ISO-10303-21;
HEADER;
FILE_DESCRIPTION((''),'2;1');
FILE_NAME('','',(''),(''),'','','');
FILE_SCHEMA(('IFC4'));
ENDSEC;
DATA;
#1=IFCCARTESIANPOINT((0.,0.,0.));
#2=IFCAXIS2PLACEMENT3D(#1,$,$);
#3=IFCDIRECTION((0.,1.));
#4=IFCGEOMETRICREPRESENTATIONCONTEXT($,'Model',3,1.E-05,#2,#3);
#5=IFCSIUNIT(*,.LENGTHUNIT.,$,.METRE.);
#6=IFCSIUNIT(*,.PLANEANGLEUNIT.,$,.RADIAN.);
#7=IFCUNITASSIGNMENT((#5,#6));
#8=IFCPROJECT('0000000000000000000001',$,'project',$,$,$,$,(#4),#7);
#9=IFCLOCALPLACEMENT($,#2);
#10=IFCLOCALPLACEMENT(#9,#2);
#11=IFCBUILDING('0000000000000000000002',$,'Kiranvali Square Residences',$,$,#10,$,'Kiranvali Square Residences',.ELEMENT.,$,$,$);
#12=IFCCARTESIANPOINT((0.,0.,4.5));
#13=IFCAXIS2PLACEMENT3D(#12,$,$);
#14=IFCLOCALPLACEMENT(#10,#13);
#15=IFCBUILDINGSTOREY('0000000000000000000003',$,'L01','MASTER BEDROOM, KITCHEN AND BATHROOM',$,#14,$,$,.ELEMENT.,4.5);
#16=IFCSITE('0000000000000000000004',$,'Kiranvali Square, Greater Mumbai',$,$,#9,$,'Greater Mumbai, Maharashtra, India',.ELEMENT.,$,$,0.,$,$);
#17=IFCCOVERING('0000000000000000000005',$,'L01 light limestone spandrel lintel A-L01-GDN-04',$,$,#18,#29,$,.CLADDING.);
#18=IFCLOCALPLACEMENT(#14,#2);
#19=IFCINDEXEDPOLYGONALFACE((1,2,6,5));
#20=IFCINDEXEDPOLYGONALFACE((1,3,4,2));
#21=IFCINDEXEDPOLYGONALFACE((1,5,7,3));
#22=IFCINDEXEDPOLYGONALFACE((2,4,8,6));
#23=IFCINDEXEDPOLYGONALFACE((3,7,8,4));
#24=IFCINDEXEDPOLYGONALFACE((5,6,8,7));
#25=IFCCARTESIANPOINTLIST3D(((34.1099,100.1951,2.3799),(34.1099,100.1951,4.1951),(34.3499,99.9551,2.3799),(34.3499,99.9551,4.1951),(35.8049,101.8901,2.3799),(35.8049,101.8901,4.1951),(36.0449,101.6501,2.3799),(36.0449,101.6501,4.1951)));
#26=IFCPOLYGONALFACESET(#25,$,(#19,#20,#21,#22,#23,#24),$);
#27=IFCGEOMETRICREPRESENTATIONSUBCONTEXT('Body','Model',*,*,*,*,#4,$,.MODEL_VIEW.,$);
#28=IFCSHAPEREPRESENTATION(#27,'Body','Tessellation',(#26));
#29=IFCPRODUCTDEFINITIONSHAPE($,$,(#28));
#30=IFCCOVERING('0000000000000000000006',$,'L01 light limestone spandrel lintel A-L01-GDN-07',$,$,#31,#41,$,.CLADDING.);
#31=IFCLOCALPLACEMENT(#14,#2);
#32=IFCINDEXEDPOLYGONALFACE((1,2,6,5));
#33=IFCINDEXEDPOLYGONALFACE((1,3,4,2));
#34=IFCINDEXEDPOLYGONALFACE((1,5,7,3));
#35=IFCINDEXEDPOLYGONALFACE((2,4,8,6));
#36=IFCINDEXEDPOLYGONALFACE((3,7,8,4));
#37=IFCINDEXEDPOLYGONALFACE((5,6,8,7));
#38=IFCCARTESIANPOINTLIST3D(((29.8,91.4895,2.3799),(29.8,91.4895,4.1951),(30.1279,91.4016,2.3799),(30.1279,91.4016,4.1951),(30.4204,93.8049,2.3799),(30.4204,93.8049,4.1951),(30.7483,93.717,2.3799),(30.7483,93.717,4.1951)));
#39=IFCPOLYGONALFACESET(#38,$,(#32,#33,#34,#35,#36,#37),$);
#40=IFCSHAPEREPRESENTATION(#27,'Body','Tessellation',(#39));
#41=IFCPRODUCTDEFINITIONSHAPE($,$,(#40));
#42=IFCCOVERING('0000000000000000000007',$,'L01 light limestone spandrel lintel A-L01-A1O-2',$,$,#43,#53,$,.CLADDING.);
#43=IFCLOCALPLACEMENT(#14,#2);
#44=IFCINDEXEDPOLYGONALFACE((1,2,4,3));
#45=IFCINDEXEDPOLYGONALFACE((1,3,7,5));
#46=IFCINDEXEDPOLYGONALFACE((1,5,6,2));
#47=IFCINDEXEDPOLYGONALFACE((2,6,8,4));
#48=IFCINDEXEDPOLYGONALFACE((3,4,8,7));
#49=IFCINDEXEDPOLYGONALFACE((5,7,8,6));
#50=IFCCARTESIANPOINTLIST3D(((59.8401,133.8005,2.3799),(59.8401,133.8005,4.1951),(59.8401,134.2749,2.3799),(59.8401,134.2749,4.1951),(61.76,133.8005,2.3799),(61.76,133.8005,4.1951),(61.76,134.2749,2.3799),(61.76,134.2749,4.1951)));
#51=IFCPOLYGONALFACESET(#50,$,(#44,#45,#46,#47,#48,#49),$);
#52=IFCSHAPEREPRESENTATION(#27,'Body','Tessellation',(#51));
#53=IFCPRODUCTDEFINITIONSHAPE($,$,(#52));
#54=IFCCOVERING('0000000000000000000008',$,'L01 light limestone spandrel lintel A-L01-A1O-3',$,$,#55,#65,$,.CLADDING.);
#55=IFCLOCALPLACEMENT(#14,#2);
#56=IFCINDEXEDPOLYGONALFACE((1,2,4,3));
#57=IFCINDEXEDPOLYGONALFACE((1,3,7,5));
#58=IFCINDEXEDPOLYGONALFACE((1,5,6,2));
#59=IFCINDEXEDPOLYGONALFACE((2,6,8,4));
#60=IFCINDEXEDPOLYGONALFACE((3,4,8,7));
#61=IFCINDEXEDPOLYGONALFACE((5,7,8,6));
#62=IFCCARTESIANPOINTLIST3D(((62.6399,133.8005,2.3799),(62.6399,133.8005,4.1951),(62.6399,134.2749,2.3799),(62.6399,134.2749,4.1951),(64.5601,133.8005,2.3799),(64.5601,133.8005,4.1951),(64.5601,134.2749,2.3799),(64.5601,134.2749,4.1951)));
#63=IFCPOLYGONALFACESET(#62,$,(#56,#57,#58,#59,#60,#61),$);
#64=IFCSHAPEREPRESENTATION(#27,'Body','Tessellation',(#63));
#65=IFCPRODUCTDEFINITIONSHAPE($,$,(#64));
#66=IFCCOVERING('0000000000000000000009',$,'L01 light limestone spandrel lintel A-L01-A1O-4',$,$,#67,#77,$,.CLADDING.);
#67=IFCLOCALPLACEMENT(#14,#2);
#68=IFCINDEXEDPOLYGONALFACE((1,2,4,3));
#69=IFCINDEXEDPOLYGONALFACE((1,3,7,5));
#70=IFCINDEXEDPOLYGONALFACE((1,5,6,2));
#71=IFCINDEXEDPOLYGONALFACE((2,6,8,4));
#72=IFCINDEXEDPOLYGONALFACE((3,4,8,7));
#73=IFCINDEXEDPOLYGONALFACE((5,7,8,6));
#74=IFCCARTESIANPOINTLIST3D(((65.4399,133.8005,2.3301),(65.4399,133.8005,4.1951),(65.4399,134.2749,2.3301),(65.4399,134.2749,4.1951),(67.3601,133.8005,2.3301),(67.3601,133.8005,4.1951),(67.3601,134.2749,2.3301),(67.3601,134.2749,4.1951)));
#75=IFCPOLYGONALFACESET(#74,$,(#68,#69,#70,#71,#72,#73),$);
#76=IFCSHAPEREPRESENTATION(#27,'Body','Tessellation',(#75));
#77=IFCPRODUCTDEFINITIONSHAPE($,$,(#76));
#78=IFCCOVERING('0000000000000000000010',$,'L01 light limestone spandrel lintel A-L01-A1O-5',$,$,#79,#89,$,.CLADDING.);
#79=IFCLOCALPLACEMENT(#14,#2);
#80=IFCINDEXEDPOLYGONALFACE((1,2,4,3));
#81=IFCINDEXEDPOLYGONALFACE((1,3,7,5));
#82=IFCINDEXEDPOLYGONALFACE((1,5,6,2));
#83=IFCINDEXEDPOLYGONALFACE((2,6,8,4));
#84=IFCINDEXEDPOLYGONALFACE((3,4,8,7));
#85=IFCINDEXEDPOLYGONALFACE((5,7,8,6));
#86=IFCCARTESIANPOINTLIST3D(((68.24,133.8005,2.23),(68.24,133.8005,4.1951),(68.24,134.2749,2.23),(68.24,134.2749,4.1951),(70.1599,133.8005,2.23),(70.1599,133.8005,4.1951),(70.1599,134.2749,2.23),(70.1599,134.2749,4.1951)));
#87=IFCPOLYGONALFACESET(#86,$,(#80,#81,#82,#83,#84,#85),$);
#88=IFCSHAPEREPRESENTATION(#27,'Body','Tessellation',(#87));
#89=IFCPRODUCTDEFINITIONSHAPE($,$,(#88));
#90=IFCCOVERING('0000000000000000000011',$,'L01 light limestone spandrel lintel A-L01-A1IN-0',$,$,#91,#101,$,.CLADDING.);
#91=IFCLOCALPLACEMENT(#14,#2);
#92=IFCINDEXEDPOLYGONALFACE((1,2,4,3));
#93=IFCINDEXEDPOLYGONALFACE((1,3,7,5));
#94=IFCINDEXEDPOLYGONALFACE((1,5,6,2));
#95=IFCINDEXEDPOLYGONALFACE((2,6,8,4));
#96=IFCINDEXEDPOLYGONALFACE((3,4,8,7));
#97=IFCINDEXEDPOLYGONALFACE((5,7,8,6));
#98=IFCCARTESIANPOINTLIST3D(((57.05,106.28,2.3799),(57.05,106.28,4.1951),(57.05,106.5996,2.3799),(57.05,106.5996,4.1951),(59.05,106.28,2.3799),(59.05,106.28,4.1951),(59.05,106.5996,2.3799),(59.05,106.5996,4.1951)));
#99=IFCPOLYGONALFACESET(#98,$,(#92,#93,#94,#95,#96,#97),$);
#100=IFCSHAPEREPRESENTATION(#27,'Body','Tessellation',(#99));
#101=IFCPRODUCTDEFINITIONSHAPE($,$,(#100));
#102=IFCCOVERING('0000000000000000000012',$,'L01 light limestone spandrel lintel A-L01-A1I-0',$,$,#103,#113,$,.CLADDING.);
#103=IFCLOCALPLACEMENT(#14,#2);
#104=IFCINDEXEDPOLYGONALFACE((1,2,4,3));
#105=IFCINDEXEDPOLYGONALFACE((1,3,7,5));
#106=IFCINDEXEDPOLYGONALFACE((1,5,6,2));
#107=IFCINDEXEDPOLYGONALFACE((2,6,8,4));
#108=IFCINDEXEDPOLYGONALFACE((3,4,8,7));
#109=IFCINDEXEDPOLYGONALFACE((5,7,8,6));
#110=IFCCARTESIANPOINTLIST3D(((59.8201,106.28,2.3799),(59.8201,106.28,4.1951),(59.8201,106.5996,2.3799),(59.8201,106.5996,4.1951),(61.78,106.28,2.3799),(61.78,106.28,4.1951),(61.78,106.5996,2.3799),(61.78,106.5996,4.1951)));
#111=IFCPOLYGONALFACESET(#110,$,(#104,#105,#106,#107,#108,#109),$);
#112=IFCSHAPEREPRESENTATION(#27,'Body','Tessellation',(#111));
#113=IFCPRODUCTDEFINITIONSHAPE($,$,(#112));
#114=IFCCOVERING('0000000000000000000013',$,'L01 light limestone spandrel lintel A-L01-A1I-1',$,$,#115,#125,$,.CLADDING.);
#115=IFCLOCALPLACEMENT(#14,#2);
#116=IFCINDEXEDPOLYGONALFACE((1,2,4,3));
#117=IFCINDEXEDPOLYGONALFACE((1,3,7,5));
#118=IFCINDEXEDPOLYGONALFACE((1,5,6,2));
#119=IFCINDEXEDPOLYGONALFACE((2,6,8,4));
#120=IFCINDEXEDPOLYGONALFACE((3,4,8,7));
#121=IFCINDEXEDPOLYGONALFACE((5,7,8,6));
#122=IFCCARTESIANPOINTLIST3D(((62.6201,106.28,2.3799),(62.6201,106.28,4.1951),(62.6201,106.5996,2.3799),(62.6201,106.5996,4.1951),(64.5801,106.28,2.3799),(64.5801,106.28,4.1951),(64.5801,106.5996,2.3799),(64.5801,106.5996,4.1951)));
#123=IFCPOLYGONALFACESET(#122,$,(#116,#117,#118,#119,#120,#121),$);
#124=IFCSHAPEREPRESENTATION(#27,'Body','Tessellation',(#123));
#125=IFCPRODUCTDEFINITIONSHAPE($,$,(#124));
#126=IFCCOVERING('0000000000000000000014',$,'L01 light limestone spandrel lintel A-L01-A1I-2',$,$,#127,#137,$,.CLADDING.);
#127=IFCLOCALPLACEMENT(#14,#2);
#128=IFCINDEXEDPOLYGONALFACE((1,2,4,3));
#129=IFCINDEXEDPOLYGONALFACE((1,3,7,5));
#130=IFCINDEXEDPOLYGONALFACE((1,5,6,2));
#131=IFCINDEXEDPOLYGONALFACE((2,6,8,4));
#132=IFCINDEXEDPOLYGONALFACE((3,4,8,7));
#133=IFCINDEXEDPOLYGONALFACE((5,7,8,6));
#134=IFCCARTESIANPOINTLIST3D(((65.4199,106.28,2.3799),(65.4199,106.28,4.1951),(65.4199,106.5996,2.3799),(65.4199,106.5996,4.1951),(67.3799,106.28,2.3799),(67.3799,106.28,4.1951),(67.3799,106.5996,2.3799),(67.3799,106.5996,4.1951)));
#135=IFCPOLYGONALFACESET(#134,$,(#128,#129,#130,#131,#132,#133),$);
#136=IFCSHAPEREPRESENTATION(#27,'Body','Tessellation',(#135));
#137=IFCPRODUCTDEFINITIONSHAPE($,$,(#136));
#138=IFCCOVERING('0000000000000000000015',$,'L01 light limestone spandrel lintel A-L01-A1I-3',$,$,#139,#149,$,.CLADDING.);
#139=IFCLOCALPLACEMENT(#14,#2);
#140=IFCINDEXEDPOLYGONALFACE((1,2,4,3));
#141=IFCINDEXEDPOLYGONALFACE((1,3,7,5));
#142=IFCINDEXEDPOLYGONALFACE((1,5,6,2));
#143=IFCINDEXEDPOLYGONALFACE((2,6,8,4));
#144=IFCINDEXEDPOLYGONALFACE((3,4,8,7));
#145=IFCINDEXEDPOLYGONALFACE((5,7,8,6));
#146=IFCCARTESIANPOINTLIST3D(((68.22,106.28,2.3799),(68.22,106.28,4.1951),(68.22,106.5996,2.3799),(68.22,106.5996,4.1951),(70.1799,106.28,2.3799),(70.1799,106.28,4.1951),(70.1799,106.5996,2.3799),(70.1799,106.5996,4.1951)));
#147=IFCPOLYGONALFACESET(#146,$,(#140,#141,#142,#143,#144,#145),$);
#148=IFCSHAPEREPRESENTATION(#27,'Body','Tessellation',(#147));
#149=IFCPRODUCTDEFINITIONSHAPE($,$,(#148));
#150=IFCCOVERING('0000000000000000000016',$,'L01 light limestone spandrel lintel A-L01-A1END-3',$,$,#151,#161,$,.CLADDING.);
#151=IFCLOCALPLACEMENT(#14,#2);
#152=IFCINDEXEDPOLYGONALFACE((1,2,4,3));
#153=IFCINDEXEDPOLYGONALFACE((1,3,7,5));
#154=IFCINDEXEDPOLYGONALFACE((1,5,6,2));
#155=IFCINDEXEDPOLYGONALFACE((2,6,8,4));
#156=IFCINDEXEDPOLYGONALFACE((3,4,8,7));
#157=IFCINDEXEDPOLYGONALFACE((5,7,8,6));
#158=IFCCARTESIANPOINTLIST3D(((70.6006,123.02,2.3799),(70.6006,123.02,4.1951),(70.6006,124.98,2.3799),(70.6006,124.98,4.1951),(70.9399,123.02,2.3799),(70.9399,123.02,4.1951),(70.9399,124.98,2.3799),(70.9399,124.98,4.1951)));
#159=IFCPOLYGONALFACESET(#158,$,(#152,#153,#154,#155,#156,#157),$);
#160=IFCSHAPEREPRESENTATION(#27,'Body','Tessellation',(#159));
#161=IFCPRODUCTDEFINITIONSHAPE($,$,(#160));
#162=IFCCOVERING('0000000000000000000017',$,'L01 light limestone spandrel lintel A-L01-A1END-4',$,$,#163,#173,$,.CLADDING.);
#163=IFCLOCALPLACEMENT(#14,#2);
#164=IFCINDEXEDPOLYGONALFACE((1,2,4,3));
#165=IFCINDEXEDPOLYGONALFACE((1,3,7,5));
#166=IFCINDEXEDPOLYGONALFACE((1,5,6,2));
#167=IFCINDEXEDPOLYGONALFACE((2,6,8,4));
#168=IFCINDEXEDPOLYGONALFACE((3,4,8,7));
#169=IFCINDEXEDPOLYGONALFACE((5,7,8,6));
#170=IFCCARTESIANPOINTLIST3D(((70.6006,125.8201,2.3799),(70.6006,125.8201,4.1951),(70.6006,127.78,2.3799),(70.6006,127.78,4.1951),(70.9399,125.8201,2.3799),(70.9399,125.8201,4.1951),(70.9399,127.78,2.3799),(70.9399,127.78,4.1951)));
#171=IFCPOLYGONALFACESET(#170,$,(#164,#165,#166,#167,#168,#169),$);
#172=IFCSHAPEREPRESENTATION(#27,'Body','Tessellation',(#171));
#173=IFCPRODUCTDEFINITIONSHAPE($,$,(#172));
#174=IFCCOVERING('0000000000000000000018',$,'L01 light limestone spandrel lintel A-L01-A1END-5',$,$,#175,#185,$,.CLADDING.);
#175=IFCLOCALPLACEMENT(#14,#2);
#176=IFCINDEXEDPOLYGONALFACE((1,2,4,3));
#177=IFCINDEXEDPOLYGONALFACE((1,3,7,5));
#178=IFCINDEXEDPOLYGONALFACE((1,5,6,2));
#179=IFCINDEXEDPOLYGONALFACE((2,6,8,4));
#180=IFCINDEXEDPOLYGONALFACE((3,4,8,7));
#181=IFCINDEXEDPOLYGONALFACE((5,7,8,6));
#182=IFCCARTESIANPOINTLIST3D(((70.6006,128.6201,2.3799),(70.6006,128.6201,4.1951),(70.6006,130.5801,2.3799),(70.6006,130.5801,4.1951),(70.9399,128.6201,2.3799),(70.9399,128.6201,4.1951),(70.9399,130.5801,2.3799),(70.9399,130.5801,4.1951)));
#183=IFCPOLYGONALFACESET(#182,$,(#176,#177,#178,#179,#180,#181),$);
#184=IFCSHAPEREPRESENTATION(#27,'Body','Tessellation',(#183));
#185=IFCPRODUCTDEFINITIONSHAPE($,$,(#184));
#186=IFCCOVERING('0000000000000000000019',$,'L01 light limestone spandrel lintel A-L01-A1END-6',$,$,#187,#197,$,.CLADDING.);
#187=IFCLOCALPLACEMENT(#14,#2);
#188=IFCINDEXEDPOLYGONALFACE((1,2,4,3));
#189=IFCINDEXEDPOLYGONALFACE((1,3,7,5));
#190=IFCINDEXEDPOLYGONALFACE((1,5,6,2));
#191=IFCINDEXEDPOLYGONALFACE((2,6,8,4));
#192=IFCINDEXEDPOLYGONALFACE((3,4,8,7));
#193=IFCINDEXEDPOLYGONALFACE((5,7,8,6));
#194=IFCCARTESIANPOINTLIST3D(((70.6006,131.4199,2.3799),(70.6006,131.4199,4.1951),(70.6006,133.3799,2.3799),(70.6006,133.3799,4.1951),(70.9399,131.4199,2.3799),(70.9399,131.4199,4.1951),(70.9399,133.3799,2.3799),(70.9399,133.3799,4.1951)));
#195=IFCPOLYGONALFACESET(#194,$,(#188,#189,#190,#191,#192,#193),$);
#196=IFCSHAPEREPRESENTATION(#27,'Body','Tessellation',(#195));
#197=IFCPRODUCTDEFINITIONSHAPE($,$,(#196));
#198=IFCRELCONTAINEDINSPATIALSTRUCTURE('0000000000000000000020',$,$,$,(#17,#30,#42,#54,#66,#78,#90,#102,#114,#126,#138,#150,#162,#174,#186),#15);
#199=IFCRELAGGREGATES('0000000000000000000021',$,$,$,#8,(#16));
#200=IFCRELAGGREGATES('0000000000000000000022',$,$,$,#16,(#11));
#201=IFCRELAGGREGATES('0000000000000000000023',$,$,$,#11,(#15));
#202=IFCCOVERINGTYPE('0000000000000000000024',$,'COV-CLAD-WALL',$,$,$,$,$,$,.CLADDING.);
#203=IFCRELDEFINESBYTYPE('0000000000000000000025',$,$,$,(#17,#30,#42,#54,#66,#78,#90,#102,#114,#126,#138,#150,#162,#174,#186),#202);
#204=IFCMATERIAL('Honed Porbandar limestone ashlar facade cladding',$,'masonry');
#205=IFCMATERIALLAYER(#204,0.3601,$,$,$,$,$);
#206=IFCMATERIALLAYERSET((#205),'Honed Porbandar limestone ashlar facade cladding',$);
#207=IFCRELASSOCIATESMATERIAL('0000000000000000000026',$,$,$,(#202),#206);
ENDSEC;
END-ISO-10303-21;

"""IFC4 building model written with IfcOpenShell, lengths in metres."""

from ifc_helpers import new_model, si_unit, direction, frame, origin, place, context, subcontext, project, spatial, polyline, outline, extrude, material, layer, layer_set, type_object, element, save


model = new_model("IFC4")

# Units and contexts
model_context = context("Model", 3, precision=1e-05, world=origin(), true_north=direction((0.0, 1.0)))
body_context = subcontext(model_context, "Body", "Model", "MODEL_VIEW")
ifc_project = project(units=[si_unit("LENGTHUNIT", "METRE"), si_unit("PLANEANGLEUNIT", "RADIAN")], contexts=[model_context])

# Site, building, storey
site_placement = place(None, origin())
site = spatial("IfcSite", under=ifc_project, at=site_placement, Name="Kiranvali Square, Greater Mumbai", LongName="Greater Mumbai, Maharashtra, India", CompositionType="ELEMENT", RefElevation=0.0)
building_placement = place(site_placement, origin())
building = spatial("IfcBuilding", under=site, at=building_placement, Name="Kiranvali Square Residences", LongName="Kiranvali Square Residences", CompositionType="ELEMENT")
storey_placement = place(building_placement, frame((0.0, 0.0, 4.5)))
storey = spatial("IfcBuildingStorey", under=building, at=storey_placement, Name="L01", Description="MASTER BEDROOM, KITCHEN AND BATHROOM", CompositionType="ELEMENT", Elevation=4.5)

# Coverings
ifc_material = material(Name="Honed Porbandar limestone ashlar facade cladding", Category="masonry")
ifc_layer = layer(ifc_material, 0.3601)
ifc_layer_set = layer_set([ifc_layer], Name="Honed Porbandar limestone ashlar facade cladding")
covering_type = type_object("IfcCoveringType", Name="COV-CLAD-WALL", PredefinedType="CLADDING", material=ifc_layer_set)
covering_1_placement = place(storey_placement, frame((0.0, 0.0, 2.3799)))
element("IfcCovering", 1, at=covering_1_placement, inside=storey, type_object=covering_type, Name="L01 light limestone spandrel lintel A-L01-GDN-04", PredefinedType="CLADDING", context=body_context, shape_type="SweptSolid", body=[
    extrude(outline(polyline([(35.8049, 101.8901), (34.1099, 100.1951), (34.3499, 99.9551), (36.0449, 101.6501), (35.8049, 101.8901)])), origin(), (0.0, 0.0, 1.0), 1.8152),
])
covering_2_placement = place(storey_placement, frame((0.0, 0.0, 2.3799)))
element("IfcCovering", 2, at=covering_2_placement, inside=storey, type_object=covering_type, Name="L01 light limestone spandrel lintel A-L01-GDN-07", PredefinedType="CLADDING", context=body_context, shape_type="SweptSolid", body=[
    extrude(outline(polyline([(30.4204, 93.8049), (29.8, 91.4895), (30.1279, 91.4016), (30.7483, 93.717), (30.4204, 93.8049)])), origin(), (0.0, 0.0, 1.0), 1.8152),
])
covering_3_placement = place(storey_placement, frame((0.0, 0.0, 2.3799)))
element("IfcCovering", 3, at=covering_3_placement, inside=storey, type_object=covering_type, Name="L01 light limestone spandrel lintel A-L01-A1O-2", PredefinedType="CLADDING", context=body_context, shape_type="SweptSolid", body=[
    extrude(outline(polyline([(59.8401, 133.8005), (61.76, 133.8005), (61.76, 134.2749), (59.8401, 134.2749), (59.8401, 133.8005)])), origin(), (0.0, 0.0, 1.0), 1.8152),
])
covering_4_placement = place(storey_placement, frame((0.0, 0.0, 2.3799)))
element("IfcCovering", 4, at=covering_4_placement, inside=storey, type_object=covering_type, Name="L01 light limestone spandrel lintel A-L01-A1O-3", PredefinedType="CLADDING", context=body_context, shape_type="SweptSolid", body=[
    extrude(outline(polyline([(62.6399, 133.8005), (64.5601, 133.8005), (64.5601, 134.2749), (62.6399, 134.2749), (62.6399, 133.8005)])), origin(), (0.0, 0.0, 1.0), 1.8152),
])
covering_5_placement = place(storey_placement, frame((0.0, 0.0, 2.3301)))
element("IfcCovering", 5, at=covering_5_placement, inside=storey, type_object=covering_type, Name="L01 light limestone spandrel lintel A-L01-A1O-4", PredefinedType="CLADDING", context=body_context, shape_type="SweptSolid", body=[
    extrude(outline(polyline([(65.4399, 133.8005), (67.3601, 133.8005), (67.3601, 134.2749), (65.4399, 134.2749), (65.4399, 133.8005)])), origin(), (0.0, 0.0, 1.0), 1.865),
])
covering_6_placement = place(storey_placement, frame((0.0, 0.0, 2.23)))
element("IfcCovering", 6, at=covering_6_placement, inside=storey, type_object=covering_type, Name="L01 light limestone spandrel lintel A-L01-A1O-5", PredefinedType="CLADDING", context=body_context, shape_type="SweptSolid", body=[
    extrude(outline(polyline([(68.24, 133.8005), (70.1599, 133.8005), (70.1599, 134.2749), (68.24, 134.2749), (68.24, 133.8005)])), origin(), (0.0, 0.0, 1.0), 1.9651),
])
covering_7_placement = place(storey_placement, frame((0.0, 0.0, 2.3799)))
element("IfcCovering", 7, at=covering_7_placement, inside=storey, type_object=covering_type, Name="L01 light limestone spandrel lintel A-L01-A1IN-0", PredefinedType="CLADDING", context=body_context, shape_type="SweptSolid", body=[
    extrude(outline(polyline([(57.05, 106.28), (59.05, 106.28), (59.05, 106.5996), (57.05, 106.5996), (57.05, 106.28)])), origin(), (0.0, 0.0, 1.0), 1.8152),
])
covering_8_placement = place(storey_placement, frame((0.0, 0.0, 2.3799)))
element("IfcCovering", 8, at=covering_8_placement, inside=storey, type_object=covering_type, Name="L01 light limestone spandrel lintel A-L01-A1I-0", PredefinedType="CLADDING", context=body_context, shape_type="SweptSolid", body=[
    extrude(outline(polyline([(59.8201, 106.28), (61.78, 106.28), (61.78, 106.5996), (59.8201, 106.5996), (59.8201, 106.28)])), origin(), (0.0, 0.0, 1.0), 1.8152),
])
covering_9_placement = place(storey_placement, frame((0.0, 0.0, 2.3799)))
element("IfcCovering", 9, at=covering_9_placement, inside=storey, type_object=covering_type, Name="L01 light limestone spandrel lintel A-L01-A1I-1", PredefinedType="CLADDING", context=body_context, shape_type="SweptSolid", body=[
    extrude(outline(polyline([(62.6201, 106.28), (64.5801, 106.28), (64.5801, 106.5996), (62.6201, 106.5996), (62.6201, 106.28)])), origin(), (0.0, 0.0, 1.0), 1.8152),
])
covering_10_placement = place(storey_placement, frame((0.0, 0.0, 2.3799)))
element("IfcCovering", 10, at=covering_10_placement, inside=storey, type_object=covering_type, Name="L01 light limestone spandrel lintel A-L01-A1I-2", PredefinedType="CLADDING", context=body_context, shape_type="SweptSolid", body=[
    extrude(outline(polyline([(65.4199, 106.28), (67.3799, 106.28), (67.3799, 106.5996), (65.4199, 106.5996), (65.4199, 106.28)])), origin(), (0.0, 0.0, 1.0), 1.8152),
])
covering_11_placement = place(storey_placement, frame((0.0, 0.0, 2.3799)))
element("IfcCovering", 11, at=covering_11_placement, inside=storey, type_object=covering_type, Name="L01 light limestone spandrel lintel A-L01-A1I-3", PredefinedType="CLADDING", context=body_context, shape_type="SweptSolid", body=[
    extrude(outline(polyline([(68.22, 106.28), (70.1799, 106.28), (70.1799, 106.5996), (68.22, 106.5996), (68.22, 106.28)])), origin(), (0.0, 0.0, 1.0), 1.8152),
])
covering_12_placement = place(storey_placement, frame((0.0, 0.0, 2.3799)))
element("IfcCovering", 12, at=covering_12_placement, inside=storey, type_object=covering_type, Name="L01 light limestone spandrel lintel A-L01-A1END-3", PredefinedType="CLADDING", context=body_context, shape_type="SweptSolid", body=[
    extrude(outline(polyline([(70.9399, 123.02), (70.9399, 124.98), (70.6006, 124.98), (70.6006, 123.02), (70.9399, 123.02)])), origin(), (0.0, 0.0, 1.0), 1.8152),
])
covering_13_placement = place(storey_placement, frame((0.0, 0.0, 2.3799)))
element("IfcCovering", 13, at=covering_13_placement, inside=storey, type_object=covering_type, Name="L01 light limestone spandrel lintel A-L01-A1END-4", PredefinedType="CLADDING", context=body_context, shape_type="SweptSolid", body=[
    extrude(outline(polyline([(70.9399, 125.8201), (70.9399, 127.78), (70.6006, 127.78), (70.6006, 125.8201), (70.9399, 125.8201)])), origin(), (0.0, 0.0, 1.0), 1.8152),
])
covering_14_placement = place(storey_placement, frame((0.0, 0.0, 2.3799)))
element("IfcCovering", 14, at=covering_14_placement, inside=storey, type_object=covering_type, Name="L01 light limestone spandrel lintel A-L01-A1END-5", PredefinedType="CLADDING", context=body_context, shape_type="SweptSolid", body=[
    extrude(outline(polyline([(70.9399, 128.6201), (70.9399, 130.5801), (70.6006, 130.5801), (70.6006, 128.6201), (70.9399, 128.6201)])), origin(), (0.0, 0.0, 1.0), 1.8152),
])
covering_15_placement = place(storey_placement, frame((0.0, 0.0, 2.3799)))
element("IfcCovering", 15, at=covering_15_placement, inside=storey, type_object=covering_type, Name="L01 light limestone spandrel lintel A-L01-A1END-6", PredefinedType="CLADDING", context=body_context, shape_type="SweptSolid", body=[
    extrude(outline(polyline([(70.9399, 131.4199), (70.9399, 133.3799), (70.6006, 133.3799), (70.6006, 131.4199), (70.9399, 131.4199)])), origin(), (0.0, 0.0, 1.0), 1.8152),
])

save(model, "model.ifc")
